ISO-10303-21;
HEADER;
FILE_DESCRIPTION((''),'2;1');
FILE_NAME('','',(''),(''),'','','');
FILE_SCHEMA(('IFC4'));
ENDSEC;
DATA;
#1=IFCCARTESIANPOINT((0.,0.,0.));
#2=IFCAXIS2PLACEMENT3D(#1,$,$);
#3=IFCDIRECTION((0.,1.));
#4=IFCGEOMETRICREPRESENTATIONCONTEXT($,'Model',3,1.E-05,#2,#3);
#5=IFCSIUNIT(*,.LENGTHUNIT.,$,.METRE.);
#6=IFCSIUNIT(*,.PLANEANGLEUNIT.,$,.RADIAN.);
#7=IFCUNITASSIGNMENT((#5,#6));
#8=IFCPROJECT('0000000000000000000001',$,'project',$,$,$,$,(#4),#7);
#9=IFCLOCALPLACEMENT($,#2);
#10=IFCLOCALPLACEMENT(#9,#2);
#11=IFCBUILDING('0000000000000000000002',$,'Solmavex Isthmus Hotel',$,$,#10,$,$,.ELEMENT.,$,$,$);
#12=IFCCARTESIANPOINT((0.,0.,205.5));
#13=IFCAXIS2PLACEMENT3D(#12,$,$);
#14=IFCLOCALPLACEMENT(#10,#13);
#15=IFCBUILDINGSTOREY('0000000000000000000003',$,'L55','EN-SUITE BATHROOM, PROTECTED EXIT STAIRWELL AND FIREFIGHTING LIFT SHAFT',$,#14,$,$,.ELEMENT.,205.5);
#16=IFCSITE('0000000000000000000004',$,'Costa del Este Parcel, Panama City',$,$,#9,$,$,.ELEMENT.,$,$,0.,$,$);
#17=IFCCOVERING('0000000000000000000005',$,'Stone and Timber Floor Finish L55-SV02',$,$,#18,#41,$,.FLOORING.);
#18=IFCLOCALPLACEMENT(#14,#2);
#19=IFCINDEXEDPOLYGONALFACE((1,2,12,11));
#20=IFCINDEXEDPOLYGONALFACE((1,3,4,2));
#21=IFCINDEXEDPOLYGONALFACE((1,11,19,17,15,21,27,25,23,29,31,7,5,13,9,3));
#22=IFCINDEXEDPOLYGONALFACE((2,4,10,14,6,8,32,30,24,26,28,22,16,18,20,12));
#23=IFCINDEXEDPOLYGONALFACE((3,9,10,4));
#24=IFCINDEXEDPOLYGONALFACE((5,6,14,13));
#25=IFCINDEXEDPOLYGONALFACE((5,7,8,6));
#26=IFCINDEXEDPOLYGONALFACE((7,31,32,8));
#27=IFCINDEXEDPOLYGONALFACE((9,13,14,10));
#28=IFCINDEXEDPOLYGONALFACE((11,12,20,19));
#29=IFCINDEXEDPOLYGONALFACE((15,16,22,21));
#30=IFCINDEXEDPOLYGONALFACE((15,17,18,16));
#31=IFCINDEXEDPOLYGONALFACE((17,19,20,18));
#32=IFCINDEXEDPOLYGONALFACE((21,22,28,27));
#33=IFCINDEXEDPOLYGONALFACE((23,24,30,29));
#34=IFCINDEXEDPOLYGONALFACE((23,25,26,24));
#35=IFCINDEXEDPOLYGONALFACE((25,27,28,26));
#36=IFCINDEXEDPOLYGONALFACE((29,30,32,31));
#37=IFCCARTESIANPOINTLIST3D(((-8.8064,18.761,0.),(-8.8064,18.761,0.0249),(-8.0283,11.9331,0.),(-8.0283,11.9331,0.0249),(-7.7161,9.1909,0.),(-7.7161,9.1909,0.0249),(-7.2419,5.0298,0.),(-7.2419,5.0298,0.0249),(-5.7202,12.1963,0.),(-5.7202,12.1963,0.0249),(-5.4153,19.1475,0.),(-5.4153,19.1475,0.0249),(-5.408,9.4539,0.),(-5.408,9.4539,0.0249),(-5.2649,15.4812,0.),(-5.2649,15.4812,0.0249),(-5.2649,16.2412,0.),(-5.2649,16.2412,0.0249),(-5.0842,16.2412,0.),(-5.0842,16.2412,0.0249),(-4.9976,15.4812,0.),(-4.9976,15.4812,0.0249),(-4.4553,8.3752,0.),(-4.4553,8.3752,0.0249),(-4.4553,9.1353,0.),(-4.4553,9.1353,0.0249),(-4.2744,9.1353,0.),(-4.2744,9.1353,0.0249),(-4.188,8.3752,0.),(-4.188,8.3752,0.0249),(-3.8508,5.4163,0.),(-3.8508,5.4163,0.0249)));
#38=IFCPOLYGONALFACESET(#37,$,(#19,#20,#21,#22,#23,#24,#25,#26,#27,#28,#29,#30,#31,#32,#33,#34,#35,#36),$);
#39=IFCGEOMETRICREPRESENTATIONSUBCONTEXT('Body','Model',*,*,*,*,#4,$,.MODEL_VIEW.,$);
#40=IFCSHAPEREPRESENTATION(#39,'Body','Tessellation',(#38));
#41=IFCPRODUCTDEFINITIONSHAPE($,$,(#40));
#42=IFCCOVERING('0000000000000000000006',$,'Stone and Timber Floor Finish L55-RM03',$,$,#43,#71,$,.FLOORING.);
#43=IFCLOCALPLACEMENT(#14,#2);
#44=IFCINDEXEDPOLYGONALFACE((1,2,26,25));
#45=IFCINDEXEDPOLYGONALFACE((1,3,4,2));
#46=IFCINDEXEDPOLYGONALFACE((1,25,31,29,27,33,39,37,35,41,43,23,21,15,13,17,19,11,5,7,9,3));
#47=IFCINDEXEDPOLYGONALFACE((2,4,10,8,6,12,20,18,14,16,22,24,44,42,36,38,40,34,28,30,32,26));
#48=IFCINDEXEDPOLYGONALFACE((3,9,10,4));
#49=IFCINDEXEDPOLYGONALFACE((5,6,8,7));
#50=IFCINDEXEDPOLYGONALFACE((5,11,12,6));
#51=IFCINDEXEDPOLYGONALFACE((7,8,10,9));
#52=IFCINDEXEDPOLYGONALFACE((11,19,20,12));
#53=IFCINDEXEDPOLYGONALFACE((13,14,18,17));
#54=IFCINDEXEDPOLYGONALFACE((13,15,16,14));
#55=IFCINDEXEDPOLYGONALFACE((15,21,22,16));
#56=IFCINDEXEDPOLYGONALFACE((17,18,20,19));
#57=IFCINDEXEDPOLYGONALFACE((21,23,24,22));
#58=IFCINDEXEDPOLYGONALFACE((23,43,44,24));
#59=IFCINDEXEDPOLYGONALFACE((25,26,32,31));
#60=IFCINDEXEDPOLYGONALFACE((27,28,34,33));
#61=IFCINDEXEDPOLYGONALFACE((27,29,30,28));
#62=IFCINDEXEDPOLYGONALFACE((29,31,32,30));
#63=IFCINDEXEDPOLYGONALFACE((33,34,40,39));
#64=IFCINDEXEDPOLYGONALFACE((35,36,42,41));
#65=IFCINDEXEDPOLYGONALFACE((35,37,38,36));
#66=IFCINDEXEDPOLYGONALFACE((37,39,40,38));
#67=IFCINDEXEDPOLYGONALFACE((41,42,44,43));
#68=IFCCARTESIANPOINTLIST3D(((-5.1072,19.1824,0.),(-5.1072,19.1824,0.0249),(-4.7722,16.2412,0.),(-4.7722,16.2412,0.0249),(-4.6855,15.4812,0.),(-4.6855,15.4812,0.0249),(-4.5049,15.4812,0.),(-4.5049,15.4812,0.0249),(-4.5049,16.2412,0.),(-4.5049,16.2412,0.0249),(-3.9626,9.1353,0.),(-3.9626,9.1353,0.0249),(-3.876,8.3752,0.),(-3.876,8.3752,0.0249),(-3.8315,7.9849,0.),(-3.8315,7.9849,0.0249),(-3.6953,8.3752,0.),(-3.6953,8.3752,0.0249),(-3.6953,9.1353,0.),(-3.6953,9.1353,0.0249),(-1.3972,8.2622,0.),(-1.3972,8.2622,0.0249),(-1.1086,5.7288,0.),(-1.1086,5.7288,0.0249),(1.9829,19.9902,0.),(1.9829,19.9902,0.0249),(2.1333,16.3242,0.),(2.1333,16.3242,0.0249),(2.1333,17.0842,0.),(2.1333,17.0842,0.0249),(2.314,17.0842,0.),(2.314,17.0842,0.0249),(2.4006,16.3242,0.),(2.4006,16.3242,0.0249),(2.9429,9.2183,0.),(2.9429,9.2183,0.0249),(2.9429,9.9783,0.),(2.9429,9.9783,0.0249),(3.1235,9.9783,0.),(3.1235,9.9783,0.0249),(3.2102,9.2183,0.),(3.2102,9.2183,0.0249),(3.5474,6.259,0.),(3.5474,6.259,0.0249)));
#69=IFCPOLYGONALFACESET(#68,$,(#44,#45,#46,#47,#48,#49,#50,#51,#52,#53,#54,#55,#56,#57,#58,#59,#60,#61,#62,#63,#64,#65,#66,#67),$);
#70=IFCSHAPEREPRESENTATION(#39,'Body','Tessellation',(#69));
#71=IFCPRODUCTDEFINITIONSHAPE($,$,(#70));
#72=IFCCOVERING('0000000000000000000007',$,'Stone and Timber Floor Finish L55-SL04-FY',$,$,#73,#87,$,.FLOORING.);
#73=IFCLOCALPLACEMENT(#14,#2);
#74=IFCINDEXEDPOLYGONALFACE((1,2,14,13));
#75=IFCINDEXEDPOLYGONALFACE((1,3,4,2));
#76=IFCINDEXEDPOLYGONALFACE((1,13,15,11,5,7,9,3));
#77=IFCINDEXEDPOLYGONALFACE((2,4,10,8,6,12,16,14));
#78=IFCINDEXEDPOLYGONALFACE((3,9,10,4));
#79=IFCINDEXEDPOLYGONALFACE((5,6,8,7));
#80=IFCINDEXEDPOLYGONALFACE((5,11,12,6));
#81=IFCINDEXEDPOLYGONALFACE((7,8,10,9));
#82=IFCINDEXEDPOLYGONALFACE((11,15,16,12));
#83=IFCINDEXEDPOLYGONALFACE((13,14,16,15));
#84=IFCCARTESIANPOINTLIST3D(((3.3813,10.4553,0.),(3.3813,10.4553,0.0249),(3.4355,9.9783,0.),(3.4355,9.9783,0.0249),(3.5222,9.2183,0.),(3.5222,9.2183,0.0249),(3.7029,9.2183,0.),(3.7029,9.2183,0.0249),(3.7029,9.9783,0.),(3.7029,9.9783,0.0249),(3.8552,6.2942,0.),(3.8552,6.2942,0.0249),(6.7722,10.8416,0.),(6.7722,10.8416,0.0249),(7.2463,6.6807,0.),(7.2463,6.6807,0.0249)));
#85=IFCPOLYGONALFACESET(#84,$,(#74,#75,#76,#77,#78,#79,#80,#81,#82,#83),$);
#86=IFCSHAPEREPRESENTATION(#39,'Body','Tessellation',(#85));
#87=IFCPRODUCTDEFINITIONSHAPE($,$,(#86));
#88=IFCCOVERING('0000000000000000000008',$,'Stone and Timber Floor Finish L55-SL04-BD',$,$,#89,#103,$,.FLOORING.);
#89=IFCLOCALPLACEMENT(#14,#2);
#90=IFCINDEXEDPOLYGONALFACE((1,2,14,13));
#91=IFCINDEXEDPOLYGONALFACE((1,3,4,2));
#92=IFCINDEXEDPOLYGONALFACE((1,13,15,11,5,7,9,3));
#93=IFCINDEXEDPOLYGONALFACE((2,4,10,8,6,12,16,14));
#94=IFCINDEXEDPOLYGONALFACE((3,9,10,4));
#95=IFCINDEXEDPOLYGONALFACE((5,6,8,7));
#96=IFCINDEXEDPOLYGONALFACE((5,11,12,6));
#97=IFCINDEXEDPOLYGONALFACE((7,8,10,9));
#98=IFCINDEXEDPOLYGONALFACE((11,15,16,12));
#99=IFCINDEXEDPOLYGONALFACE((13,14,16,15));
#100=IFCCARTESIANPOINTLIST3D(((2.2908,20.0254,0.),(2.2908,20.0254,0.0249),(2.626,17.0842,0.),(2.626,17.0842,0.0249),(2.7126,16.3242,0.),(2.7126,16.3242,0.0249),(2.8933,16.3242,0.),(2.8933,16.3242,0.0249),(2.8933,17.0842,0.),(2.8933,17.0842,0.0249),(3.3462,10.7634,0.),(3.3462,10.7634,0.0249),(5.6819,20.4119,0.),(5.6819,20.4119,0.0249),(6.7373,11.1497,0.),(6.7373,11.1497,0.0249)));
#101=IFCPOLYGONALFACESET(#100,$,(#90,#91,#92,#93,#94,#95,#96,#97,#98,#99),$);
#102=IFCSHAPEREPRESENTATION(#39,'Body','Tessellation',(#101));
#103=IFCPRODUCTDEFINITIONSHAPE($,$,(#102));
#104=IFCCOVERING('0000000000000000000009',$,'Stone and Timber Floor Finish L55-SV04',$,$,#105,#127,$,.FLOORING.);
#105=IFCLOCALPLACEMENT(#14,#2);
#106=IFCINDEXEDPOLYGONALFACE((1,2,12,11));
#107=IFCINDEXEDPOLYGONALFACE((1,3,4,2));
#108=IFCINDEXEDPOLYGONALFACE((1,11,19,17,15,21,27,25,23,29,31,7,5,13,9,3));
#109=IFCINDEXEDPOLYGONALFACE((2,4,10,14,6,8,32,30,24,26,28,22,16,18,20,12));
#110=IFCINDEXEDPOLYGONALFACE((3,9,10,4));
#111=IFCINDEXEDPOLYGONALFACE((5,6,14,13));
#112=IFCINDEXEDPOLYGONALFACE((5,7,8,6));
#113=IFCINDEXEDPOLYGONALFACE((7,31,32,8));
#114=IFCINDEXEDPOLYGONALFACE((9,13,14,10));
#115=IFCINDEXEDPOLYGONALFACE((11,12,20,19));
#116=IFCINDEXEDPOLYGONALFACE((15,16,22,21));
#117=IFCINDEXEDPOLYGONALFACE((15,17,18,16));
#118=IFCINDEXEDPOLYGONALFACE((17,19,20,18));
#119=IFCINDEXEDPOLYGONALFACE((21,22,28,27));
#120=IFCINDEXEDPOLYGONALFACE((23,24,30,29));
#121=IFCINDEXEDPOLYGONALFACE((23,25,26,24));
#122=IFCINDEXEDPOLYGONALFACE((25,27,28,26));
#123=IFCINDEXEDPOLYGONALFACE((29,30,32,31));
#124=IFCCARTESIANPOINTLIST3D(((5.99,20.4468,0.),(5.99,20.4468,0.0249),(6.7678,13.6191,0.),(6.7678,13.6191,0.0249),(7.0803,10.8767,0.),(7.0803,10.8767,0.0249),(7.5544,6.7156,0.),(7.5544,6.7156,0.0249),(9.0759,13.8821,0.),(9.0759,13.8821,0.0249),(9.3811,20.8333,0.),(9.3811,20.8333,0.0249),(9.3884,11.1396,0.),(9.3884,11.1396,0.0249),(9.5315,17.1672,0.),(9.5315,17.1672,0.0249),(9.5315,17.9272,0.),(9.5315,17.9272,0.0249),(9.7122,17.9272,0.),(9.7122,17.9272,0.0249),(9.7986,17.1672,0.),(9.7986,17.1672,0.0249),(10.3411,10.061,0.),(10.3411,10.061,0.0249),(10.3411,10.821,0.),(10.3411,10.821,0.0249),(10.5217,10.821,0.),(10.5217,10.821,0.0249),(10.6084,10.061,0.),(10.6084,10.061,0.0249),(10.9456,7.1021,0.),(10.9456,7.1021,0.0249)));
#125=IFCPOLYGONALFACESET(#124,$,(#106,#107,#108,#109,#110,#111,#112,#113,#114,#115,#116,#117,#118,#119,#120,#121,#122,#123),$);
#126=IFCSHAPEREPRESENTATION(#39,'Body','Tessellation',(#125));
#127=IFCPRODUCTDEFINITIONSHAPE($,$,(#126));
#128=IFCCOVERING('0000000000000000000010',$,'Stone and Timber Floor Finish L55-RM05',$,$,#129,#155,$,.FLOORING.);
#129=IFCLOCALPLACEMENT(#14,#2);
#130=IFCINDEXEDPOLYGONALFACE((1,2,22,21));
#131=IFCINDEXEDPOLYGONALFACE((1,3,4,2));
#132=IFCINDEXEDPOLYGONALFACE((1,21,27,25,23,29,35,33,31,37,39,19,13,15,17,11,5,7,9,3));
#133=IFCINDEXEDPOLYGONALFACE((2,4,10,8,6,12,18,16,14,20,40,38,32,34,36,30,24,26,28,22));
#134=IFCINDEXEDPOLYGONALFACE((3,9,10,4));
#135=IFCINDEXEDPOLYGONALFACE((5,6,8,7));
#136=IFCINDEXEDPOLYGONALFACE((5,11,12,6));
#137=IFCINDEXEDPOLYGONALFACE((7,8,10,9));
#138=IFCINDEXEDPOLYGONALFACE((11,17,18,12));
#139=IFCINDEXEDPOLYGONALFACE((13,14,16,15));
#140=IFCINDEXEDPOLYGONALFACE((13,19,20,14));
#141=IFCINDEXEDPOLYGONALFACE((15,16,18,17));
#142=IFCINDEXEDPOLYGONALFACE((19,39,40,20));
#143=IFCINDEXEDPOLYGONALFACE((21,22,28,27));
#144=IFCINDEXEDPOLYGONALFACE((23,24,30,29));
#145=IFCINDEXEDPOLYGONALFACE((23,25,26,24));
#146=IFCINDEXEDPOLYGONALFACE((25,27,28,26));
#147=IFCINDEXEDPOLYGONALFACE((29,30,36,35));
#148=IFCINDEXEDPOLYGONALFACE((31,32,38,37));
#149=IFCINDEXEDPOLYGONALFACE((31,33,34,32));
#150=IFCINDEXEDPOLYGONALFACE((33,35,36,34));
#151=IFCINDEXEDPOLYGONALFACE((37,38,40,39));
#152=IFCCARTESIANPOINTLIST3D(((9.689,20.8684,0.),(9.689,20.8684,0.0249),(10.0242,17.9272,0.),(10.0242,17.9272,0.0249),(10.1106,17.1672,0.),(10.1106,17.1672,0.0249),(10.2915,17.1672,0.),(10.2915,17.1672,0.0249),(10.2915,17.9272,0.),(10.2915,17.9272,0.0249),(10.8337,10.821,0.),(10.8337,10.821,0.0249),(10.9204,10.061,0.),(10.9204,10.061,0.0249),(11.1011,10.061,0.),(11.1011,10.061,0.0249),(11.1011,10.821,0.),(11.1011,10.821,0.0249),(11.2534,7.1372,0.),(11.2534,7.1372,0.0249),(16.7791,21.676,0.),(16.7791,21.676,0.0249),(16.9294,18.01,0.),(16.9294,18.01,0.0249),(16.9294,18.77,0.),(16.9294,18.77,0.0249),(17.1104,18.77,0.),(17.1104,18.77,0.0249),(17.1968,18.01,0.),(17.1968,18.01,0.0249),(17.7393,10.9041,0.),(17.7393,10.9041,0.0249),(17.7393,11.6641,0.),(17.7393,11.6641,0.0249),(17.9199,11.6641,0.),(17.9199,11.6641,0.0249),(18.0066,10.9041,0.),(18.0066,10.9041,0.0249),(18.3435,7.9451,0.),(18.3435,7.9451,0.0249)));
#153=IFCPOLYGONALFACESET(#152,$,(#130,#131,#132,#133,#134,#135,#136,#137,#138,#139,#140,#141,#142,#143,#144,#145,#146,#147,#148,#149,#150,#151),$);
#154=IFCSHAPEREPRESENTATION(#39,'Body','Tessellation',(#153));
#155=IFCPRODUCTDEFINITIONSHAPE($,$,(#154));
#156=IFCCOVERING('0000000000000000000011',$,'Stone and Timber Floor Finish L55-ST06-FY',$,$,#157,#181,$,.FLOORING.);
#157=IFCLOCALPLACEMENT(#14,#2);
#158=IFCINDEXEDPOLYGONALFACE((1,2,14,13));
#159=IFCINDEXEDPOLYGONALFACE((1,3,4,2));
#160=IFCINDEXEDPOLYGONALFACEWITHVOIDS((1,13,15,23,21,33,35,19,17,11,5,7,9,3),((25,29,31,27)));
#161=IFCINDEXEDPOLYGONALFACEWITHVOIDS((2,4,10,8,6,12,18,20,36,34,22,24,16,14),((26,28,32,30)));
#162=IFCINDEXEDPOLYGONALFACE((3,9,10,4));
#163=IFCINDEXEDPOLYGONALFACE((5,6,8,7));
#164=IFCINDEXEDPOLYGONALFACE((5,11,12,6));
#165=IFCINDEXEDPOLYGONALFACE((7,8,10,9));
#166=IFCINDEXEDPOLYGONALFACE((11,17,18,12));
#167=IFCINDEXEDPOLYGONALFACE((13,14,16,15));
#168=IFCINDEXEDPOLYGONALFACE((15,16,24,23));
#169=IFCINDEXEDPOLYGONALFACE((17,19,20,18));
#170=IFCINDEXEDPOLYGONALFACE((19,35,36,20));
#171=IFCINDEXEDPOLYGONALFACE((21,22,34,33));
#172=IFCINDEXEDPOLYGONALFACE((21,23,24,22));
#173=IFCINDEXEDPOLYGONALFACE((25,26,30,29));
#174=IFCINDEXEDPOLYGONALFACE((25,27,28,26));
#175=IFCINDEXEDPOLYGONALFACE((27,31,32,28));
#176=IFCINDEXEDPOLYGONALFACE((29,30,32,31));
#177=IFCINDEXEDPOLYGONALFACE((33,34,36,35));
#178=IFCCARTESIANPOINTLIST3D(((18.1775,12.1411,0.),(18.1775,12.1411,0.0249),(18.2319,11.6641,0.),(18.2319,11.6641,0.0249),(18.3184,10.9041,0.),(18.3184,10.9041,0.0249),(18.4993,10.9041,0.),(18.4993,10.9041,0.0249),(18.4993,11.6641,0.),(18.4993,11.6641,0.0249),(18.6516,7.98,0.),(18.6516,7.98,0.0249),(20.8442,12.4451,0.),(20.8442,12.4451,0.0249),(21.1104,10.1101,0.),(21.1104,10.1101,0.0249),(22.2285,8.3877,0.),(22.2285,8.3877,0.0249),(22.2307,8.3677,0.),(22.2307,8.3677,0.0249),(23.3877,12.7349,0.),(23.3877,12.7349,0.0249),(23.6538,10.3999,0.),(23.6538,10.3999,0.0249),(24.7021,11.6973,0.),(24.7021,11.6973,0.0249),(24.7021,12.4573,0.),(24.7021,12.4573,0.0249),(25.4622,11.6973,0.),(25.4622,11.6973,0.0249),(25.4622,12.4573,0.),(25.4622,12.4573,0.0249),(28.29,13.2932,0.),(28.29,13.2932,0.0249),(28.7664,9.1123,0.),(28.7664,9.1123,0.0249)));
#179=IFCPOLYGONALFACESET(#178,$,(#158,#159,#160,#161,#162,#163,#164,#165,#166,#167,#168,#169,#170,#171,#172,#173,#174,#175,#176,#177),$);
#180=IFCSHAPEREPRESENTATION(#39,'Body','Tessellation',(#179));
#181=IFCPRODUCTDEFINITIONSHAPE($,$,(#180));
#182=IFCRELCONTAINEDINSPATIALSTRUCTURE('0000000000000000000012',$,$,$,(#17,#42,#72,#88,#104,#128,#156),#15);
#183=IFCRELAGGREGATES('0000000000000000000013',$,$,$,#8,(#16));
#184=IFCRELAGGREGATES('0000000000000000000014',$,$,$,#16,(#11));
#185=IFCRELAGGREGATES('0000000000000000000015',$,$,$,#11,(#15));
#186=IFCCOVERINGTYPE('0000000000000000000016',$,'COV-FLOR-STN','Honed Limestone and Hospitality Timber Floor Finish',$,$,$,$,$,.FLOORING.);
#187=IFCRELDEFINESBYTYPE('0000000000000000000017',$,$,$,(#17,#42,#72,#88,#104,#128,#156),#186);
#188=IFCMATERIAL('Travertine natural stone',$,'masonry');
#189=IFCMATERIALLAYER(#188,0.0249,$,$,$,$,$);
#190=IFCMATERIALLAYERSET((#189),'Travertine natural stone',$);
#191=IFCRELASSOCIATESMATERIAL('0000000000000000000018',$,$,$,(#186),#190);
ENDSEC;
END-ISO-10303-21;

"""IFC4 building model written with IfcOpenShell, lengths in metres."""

from ifc_helpers import new_model, si_unit, direction, frame, origin, place, context, subcontext, project, spatial, polyline, outline, extrude, material, layer, layer_set, type_object, element, save


model = new_model("IFC4")

# Units and contexts
model_context = context("Model", 3, precision=1e-05, world=origin(), true_north=direction((0.0, 1.0)))
body_context = subcontext(model_context, "Body", "Model", "MODEL_VIEW")
ifc_project = project(units=[si_unit("LENGTHUNIT", "METRE"), si_unit("PLANEANGLEUNIT", "RADIAN")], contexts=[model_context])

# Site, building, storey
site_placement = place(None, origin())
site = spatial("IfcSite", under=ifc_project, at=site_placement, Name="Costa del Este Parcel, Panama City", CompositionType="ELEMENT", RefElevation=0.0)
building_placement = place(site_placement, origin())
building = spatial("IfcBuilding", under=site, at=building_placement, Name="Solmavex Isthmus Hotel", CompositionType="ELEMENT")
storey_placement = place(building_placement, frame((0.0, 0.0, 205.5)))
storey = spatial("IfcBuildingStorey", under=building, at=storey_placement, Name="L55", Description="EN-SUITE BATHROOM, PROTECTED EXIT STAIRWELL AND FIREFIGHTING LIFT SHAFT", CompositionType="ELEMENT", Elevation=205.5)

# Coverings
ifc_material_1 = material(Name="Travertine natural stone", Category="masonry")
ifc_layer_1 = layer(ifc_material_1, 0.0249)
ifc_layer_set_1 = layer_set([ifc_layer_1], Name="Travertine natural stone")
covering_type_1 = type_object("IfcCoveringType", Name="COV-FLOR-STN", Description="Honed Limestone and Hospitality Timber Floor Finish", PredefinedType="FLOORING", material=ifc_layer_set_1)
covering_1_placement = place(storey_placement, origin())
element("IfcCovering", 1, at=covering_1_placement, inside=storey, type_object=covering_type_1, Name="Stone and Timber Floor Finish L55-SV02", PredefinedType="FLOORING", context=body_context, shape_type="SweptSolid", body=[
    extrude(outline(polyline([(-4.9976, 15.4812), (-5.2649, 15.4812), (-5.2649, 16.2412), (-5.0842, 16.2412), (-5.4153, 19.1475), (-8.8064, 18.761), (-8.0283, 11.9331), (-5.7202, 12.1963), (-5.408, 9.4539), (-7.7161, 9.1909), (-7.2419, 5.0298), (-3.8508, 5.4163), (-4.188, 8.3752), (-4.4553, 8.3752), (-4.4553, 9.1353), (-4.2744, 9.1353), (-4.9976, 15.4812)])), origin(), (0.0, 0.0, 1.0), 0.0249),
])
covering_2_placement = place(storey_placement, origin())
element("IfcCovering", 2, at=covering_2_placement, inside=storey, type_object=covering_type_1, Name="Stone and Timber Floor Finish L55-RM03", PredefinedType="FLOORING", context=body_context, shape_type="SweptSolid", body=[
    extrude(outline(polyline([(-3.9626, 9.1353), (-3.6953, 9.1353), (-3.6953, 8.3752), (-3.876, 8.3752), (-3.8315, 7.9849), (-1.3972, 8.2622), (-1.1086, 5.7288), (3.5474, 6.259), (3.2102, 9.2183), (2.9429, 9.2183), (2.9429, 9.9783), (3.1235, 9.9783), (2.4006, 16.3242), (2.1333, 16.3242), (2.1333, 17.0842), (2.314, 17.0842), (1.9829, 19.9902), (-5.1072, 19.1824), (-4.7722, 16.2412), (-4.5049, 16.2412), (-4.5049, 15.4812), (-4.6855, 15.4812), (-3.9626, 9.1353)])), origin(), (0.0, 0.0, 1.0), 0.0249),
])
covering_3_placement = place(storey_placement, origin())
element("IfcCovering", 3, at=covering_3_placement, inside=storey, type_object=covering_type_1, Name="Stone and Timber Floor Finish L55-SL04-FY", PredefinedType="FLOORING", context=body_context, shape_type="SweptSolid", body=[
    extrude(outline(polyline([(3.4355, 9.9783), (3.7029, 9.9783), (3.7029, 9.2183), (3.5222, 9.2183), (3.8552, 6.2942), (7.2463, 6.6807), (6.7722, 10.8416), (3.3813, 10.4553), (3.4355, 9.9783)])), origin(), (0.0, 0.0, 1.0), 0.0249),
])
covering_4_placement = place(storey_placement, origin())
element("IfcCovering", 4, at=covering_4_placement, inside=storey, type_object=covering_type_1, Name="Stone and Timber Floor Finish L55-SL04-BD", PredefinedType="FLOORING", context=body_context, shape_type="SweptSolid", body=[
    extrude(outline(polyline([(2.626, 17.0842), (2.8933, 17.0842), (2.8933, 16.3242), (2.7126, 16.3242), (3.3462, 10.7634), (6.7373, 11.1497), (5.6819, 20.4119), (2.2908, 20.0254), (2.626, 17.0842)])), origin(), (0.0, 0.0, 1.0), 0.0249),
])
covering_5_placement = place(storey_placement, origin())
element("IfcCovering", 5, at=covering_5_placement, inside=storey, type_object=covering_type_1, Name="Stone and Timber Floor Finish L55-SV04", PredefinedType="FLOORING", context=body_context, shape_type="SweptSolid", body=[
    extrude(outline(polyline([(9.7986, 17.1672), (9.5315, 17.1672), (9.5315, 17.9272), (9.7122, 17.9272), (9.3811, 20.8333), (5.99, 20.4468), (6.7678, 13.6191), (9.0759, 13.8821), (9.3884, 11.1396), (7.0803, 10.8767), (7.5544, 6.7156), (10.9456, 7.1021), (10.6084, 10.061), (10.3411, 10.061), (10.3411, 10.821), (10.5217, 10.821), (9.7986, 17.1672)])), origin(), (0.0, 0.0, 1.0), 0.0249),
])
covering_6_placement = place(storey_placement, origin())
element("IfcCovering", 6, at=covering_6_placement, inside=storey, type_object=covering_type_1, Name="Stone and Timber Floor Finish L55-RM05", PredefinedType="FLOORING", context=body_context, shape_type="SweptSolid", body=[
    extrude(outline(polyline([(10.8337, 10.821), (11.1011, 10.821), (11.1011, 10.061), (10.9204, 10.061), (11.2534, 7.1372), (18.3435, 7.9451), (18.0066, 10.9041), (17.7393, 10.9041), (17.7393, 11.6641), (17.9199, 11.6641), (17.1968, 18.01), (16.9294, 18.01), (16.9294, 18.77), (17.1104, 18.77), (16.7791, 21.676), (9.689, 20.8684), (10.0242, 17.9272), (10.2915, 17.9272), (10.2915, 17.1672), (10.1106, 17.1672), (10.8337, 10.821)])), origin(), (0.0, 0.0, 1.0), 0.0249),
])
covering_7_placement = place(storey_placement, origin())
element("IfcCovering", 7, at=covering_7_placement, inside=storey, type_object=covering_type_1, Name="Stone and Timber Floor Finish L55-ST06-FY", PredefinedType="FLOORING", context=body_context, shape_type="SweptSolid", body=[
    extrude(outline(polyline([(18.1775, 12.1411), (18.2319, 11.6641), (18.4993, 11.6641), (18.4993, 10.9041), (18.3184, 10.9041), (18.6516, 7.98), (22.2285, 8.3877), (22.2307, 8.3677), (28.7664, 9.1123), (28.29, 13.2932), (23.3877, 12.7349), (23.6538, 10.3999), (21.1104, 10.1101), (20.8442, 12.4451), (18.1775, 12.1411)]), holes=[polyline([(24.7021, 11.6973), (24.7021, 12.4573), (25.4622, 12.4573), (25.4622, 11.6973), (24.7021, 11.6973)])]), origin(), (0.0, 0.0, 1.0), 0.0249),
])

save(model, "model.ifc")
